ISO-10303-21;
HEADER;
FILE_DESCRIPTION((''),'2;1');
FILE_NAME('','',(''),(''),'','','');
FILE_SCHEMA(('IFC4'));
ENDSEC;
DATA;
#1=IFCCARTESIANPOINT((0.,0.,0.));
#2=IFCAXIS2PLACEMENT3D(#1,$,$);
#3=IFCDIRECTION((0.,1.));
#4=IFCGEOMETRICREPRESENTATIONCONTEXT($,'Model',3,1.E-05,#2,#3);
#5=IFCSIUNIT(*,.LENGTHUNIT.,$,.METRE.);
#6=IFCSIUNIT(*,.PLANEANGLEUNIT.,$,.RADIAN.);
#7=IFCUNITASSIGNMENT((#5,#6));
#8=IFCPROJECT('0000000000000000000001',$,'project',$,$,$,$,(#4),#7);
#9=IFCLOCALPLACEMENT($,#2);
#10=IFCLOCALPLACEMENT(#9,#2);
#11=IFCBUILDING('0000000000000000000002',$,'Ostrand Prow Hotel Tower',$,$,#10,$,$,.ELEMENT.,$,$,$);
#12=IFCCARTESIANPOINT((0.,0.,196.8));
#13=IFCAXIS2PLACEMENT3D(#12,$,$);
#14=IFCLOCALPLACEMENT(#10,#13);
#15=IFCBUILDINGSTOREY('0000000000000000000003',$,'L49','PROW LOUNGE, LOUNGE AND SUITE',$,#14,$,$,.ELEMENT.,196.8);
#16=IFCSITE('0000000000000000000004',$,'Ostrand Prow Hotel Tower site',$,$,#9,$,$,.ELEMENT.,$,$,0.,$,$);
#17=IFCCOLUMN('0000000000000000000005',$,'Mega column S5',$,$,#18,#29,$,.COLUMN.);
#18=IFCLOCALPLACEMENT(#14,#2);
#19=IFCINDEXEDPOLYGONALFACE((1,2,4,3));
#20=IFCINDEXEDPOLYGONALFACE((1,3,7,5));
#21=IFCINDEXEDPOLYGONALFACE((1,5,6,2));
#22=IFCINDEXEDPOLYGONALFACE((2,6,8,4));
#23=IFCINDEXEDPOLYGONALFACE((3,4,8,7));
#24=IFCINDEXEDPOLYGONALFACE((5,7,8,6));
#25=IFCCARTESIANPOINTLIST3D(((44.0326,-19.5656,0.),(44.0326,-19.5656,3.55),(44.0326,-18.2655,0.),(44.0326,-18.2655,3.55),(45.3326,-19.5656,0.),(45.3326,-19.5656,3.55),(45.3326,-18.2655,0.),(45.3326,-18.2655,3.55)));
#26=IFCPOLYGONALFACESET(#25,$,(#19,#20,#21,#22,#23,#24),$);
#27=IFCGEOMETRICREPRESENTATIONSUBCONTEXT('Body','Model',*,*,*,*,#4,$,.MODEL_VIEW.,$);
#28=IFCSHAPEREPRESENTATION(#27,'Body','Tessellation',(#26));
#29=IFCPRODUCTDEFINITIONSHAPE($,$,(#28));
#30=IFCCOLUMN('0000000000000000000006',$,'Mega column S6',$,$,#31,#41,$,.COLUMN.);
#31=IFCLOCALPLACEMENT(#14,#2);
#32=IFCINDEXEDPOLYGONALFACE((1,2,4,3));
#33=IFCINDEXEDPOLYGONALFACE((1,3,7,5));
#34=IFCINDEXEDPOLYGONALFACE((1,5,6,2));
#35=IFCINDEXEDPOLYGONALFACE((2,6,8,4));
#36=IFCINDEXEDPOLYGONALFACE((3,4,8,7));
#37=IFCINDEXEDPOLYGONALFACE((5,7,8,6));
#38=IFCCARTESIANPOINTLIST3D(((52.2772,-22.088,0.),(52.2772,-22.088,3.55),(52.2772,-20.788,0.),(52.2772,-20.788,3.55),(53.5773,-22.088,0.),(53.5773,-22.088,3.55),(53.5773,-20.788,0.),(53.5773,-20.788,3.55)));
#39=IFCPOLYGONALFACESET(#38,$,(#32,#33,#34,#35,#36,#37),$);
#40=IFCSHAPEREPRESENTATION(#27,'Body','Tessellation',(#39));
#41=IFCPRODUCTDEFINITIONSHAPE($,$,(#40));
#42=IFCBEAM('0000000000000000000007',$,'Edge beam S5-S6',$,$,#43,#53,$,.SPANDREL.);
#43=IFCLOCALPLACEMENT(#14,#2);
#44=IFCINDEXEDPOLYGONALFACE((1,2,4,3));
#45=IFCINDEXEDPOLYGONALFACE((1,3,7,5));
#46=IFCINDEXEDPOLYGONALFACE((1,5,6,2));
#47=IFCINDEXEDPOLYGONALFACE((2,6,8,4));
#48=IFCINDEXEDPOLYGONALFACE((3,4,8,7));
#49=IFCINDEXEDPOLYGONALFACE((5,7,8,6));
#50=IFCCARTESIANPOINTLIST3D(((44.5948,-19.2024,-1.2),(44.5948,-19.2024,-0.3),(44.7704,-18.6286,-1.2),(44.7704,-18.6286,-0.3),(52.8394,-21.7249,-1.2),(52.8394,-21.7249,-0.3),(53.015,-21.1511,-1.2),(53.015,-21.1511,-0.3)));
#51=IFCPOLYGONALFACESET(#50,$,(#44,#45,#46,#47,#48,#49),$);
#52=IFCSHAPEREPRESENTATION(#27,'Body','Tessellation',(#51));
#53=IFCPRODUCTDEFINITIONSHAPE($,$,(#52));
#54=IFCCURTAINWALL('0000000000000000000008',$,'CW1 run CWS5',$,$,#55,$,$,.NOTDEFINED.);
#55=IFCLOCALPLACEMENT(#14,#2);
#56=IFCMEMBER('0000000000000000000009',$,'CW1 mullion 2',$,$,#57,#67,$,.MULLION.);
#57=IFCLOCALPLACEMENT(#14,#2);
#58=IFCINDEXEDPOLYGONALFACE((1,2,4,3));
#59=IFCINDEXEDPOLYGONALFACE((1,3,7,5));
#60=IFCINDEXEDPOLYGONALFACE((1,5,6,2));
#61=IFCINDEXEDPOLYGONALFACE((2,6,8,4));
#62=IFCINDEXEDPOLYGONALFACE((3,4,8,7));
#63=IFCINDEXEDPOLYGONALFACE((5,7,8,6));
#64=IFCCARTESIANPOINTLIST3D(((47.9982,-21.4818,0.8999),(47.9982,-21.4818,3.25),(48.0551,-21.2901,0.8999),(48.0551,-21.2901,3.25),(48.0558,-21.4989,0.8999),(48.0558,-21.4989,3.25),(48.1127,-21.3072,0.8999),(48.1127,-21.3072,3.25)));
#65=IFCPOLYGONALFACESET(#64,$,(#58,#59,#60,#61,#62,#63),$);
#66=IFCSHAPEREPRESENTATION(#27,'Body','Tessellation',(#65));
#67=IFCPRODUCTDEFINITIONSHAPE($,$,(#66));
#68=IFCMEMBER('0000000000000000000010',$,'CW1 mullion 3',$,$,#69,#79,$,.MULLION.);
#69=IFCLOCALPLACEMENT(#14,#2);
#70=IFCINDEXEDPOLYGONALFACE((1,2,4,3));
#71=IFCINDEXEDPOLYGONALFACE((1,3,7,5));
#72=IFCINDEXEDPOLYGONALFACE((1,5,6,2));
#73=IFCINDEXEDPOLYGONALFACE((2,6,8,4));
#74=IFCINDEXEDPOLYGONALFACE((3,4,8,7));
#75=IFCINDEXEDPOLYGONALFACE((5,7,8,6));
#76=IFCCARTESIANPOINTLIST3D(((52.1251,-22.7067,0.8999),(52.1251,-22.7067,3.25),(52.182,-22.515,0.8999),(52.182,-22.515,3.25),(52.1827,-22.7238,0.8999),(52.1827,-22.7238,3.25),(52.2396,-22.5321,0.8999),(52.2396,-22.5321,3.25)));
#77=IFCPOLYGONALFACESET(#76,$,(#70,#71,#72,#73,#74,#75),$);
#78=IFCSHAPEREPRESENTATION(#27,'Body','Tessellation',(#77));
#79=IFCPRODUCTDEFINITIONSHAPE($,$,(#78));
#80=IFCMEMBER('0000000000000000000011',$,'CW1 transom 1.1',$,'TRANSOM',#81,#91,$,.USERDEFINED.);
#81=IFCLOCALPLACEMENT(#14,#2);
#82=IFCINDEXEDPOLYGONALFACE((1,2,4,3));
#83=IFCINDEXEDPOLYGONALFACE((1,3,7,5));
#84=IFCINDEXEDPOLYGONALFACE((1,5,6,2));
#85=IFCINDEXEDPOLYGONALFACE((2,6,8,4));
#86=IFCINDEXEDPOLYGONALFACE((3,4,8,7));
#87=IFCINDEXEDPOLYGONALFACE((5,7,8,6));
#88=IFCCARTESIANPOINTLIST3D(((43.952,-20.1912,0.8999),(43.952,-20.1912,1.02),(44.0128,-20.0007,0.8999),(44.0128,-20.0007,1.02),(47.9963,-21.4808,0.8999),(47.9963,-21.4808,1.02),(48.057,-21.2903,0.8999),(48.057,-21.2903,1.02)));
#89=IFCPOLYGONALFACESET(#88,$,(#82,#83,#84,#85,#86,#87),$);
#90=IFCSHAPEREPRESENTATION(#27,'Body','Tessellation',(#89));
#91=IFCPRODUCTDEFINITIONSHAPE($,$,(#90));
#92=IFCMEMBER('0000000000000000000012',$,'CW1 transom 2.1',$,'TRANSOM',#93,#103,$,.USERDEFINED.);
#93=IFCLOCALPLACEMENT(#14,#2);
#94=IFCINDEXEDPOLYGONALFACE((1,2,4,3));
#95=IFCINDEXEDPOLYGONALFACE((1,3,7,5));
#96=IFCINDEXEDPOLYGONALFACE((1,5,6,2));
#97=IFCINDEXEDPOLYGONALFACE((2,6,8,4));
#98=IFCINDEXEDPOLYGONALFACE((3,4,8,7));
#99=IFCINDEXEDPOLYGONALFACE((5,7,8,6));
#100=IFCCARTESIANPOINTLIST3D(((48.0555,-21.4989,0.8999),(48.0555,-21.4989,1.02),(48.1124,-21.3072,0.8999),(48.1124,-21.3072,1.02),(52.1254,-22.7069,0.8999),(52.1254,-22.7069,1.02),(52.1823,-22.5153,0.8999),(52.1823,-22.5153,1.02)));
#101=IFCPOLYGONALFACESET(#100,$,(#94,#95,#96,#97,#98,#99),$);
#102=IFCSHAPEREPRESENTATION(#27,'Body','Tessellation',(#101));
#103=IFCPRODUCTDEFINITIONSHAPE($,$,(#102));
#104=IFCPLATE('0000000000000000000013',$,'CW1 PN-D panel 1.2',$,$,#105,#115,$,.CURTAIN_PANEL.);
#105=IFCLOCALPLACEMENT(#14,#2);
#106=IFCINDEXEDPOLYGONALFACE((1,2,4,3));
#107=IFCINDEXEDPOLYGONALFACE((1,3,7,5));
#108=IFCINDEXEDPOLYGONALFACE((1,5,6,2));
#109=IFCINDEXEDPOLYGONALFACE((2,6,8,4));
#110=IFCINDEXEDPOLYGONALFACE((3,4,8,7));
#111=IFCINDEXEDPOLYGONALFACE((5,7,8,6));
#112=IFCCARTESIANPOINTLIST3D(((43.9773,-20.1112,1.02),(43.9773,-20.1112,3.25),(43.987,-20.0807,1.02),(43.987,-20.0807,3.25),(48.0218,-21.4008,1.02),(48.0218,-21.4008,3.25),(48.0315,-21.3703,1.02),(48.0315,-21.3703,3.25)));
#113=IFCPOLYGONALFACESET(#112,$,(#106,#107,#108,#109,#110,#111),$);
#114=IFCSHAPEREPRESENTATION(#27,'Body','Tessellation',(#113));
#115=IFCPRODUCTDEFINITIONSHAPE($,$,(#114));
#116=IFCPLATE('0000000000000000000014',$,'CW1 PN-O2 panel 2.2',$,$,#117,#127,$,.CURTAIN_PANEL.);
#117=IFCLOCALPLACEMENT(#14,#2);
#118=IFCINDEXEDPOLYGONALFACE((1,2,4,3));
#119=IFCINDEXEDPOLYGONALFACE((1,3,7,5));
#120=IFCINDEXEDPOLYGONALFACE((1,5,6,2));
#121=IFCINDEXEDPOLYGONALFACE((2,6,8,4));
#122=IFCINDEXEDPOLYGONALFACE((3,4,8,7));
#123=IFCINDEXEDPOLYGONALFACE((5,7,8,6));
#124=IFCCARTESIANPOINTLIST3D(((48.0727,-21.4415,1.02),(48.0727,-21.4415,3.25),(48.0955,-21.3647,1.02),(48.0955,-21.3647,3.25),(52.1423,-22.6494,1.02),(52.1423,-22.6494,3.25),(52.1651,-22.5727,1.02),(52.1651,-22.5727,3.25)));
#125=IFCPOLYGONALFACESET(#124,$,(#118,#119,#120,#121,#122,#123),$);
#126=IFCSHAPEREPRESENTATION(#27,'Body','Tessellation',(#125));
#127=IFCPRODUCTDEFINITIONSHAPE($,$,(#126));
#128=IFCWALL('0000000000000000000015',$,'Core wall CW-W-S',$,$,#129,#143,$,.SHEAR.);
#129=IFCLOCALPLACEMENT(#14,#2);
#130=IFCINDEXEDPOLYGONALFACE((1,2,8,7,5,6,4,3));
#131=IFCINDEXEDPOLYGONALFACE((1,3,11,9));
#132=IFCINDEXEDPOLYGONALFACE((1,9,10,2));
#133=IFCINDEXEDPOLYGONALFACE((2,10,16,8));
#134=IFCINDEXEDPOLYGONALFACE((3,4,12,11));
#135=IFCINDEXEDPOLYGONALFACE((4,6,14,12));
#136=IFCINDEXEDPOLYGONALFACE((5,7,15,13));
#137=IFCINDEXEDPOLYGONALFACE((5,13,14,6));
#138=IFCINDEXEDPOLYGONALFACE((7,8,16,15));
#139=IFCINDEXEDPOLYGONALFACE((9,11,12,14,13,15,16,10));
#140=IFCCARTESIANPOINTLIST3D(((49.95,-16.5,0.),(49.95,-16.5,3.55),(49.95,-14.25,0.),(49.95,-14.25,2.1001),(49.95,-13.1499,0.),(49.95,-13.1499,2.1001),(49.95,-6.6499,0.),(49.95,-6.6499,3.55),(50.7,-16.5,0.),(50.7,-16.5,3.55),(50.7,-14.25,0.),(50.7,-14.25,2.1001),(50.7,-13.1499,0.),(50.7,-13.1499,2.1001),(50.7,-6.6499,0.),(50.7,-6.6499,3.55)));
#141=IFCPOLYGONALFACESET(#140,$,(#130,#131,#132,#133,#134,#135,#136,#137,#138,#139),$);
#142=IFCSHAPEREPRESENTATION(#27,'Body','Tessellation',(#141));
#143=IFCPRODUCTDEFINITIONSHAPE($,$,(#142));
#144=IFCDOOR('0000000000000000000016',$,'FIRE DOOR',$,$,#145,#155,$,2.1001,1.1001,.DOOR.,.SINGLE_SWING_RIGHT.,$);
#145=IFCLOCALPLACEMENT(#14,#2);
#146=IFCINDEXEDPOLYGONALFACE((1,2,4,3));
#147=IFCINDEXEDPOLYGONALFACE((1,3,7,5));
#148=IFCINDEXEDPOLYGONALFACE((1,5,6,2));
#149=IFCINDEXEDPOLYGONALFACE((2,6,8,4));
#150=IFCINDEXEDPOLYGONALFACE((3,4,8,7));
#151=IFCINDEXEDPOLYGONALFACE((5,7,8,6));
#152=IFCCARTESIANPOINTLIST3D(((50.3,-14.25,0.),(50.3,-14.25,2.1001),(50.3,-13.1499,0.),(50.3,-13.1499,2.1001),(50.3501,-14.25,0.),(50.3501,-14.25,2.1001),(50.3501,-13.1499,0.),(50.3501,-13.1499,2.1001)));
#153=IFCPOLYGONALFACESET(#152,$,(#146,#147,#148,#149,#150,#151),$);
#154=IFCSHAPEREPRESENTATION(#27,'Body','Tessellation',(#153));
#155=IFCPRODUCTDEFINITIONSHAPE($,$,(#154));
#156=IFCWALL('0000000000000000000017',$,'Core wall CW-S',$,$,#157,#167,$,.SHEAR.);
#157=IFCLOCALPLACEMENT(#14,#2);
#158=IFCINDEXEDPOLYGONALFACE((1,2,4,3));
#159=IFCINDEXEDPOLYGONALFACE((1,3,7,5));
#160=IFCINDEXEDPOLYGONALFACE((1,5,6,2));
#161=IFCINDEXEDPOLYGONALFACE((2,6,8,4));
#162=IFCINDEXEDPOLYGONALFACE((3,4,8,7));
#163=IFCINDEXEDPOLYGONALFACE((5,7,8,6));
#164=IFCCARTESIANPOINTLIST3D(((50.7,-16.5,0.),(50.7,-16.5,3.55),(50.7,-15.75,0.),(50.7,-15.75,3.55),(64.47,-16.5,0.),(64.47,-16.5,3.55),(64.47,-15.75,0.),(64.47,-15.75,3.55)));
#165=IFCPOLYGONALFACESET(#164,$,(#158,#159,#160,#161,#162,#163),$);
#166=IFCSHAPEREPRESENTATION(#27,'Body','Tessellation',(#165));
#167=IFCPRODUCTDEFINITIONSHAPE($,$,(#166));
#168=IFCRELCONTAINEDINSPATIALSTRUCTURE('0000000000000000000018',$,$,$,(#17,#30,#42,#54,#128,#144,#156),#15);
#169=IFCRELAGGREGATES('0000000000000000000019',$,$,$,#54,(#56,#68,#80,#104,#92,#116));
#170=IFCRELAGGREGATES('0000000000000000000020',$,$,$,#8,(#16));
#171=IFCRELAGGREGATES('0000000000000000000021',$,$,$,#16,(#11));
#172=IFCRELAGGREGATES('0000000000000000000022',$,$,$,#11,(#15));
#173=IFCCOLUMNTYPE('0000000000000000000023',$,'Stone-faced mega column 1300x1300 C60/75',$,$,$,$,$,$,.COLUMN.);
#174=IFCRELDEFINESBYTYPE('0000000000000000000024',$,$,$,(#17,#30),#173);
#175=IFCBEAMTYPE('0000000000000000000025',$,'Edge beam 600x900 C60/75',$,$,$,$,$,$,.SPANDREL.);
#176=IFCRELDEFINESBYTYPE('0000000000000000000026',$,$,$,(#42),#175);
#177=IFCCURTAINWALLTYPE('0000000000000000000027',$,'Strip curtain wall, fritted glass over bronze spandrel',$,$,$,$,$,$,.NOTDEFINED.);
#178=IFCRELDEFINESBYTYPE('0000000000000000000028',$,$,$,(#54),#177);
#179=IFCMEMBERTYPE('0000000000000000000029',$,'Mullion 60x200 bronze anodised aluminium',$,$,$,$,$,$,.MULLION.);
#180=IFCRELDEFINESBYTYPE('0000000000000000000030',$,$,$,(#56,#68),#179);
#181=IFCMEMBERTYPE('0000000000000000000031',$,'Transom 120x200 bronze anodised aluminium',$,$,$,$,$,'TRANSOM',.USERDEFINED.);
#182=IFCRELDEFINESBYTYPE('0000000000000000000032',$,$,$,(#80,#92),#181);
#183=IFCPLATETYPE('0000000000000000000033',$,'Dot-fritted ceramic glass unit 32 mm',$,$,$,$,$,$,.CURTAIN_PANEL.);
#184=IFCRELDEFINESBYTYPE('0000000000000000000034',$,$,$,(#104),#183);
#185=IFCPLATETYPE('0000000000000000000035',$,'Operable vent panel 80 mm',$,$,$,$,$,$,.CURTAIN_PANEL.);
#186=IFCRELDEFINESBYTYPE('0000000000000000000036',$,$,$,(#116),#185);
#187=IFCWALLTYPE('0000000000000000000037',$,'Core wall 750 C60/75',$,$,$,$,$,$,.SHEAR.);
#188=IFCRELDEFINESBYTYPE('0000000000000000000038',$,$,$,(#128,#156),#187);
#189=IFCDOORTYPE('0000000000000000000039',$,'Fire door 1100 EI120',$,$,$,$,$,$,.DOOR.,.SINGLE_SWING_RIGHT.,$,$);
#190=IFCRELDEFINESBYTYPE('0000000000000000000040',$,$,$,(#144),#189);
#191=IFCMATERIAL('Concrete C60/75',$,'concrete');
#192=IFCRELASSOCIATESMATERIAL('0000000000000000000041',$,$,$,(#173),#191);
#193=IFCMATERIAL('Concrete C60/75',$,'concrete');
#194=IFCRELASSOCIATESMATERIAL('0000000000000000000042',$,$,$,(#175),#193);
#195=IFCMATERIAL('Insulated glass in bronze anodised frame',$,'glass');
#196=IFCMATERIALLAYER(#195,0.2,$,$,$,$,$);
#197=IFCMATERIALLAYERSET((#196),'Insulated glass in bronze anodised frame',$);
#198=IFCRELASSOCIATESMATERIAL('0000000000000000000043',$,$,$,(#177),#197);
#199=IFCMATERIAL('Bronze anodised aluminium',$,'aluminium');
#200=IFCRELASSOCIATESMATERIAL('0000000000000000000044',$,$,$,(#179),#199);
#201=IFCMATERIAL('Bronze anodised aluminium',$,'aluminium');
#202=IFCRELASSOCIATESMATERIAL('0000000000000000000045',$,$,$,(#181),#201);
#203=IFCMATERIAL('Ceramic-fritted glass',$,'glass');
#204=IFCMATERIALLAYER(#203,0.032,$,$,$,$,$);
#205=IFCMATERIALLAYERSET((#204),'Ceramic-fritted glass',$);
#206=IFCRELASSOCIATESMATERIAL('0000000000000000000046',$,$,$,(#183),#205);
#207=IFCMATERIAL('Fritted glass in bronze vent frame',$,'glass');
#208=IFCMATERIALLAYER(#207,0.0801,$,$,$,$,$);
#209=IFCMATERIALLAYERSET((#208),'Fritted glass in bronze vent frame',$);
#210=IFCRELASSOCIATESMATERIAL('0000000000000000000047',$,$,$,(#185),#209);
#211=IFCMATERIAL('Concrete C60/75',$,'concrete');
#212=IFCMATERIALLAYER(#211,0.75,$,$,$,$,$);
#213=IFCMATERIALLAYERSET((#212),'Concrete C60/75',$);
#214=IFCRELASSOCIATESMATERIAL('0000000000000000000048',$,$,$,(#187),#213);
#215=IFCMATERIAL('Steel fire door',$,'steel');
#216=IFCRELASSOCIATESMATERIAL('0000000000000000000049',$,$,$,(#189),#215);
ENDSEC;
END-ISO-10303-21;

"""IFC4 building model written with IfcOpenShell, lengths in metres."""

from ifc_helpers import new_model, si_unit, direction, frame, frame_2d, origin, origin_2d, place, context, subcontext, project, spatial, rectangle, extrude, material, layer, layer_set, material_profile, profile_set, type_object, element, fill, aggregate, save


model = new_model("IFC4")

# Units and contexts
model_context = context("Model", 3, precision=1e-05, world=origin(), true_north=direction((0.0, 1.0)))
body_context = subcontext(model_context, "Body", "Model", "MODEL_VIEW")
ifc_project = project(units=[si_unit("LENGTHUNIT", "METRE"), si_unit("PLANEANGLEUNIT", "RADIAN")], contexts=[model_context])

# Site, building, storey
site_placement = place(None, origin())
site = spatial("IfcSite", under=ifc_project, at=site_placement, Name="Ostrand Prow Hotel Tower site", CompositionType="ELEMENT", RefElevation=0.0)
building_placement = place(site_placement, origin())
building = spatial("IfcBuilding", under=site, at=building_placement, Name="Ostrand Prow Hotel Tower", CompositionType="ELEMENT")
storey_placement = place(building_placement, frame((0.0, 0.0, 196.8)))
storey = spatial("IfcBuildingStorey", under=building, at=storey_placement, Name="L49", Description="PROW LOUNGE, LOUNGE AND SUITE", CompositionType="ELEMENT", Elevation=196.8)

# Columns
ifc_material_1 = material(Name="Concrete C60/75", Category="concrete")
ifc_material_profile_1 = material_profile(ifc_material_1, rectangle(XDim=1.3, YDim=1.3, at=origin_2d()), Name="RC 1300x1300")
ifc_profile_set_1 = profile_set([ifc_material_profile_1], Name="Concrete C60/75")
column_type = type_object("IfcColumnType", Name="Stone-faced mega column 1300x1300 C60/75", PredefinedType="COLUMN", material=ifc_profile_set_1)
for number, where, z_axis, x_axis, name in (
    (1, (44.6826, -18.9155, 0.0), (0.0, 0.0, 1.0), (1.0, 0.0, 0.0), "Mega column S5"),
    (2, (52.9272, -21.438, 0.0), (0.0, 0.0, 1.0), (1.0, 0.0, 0.0), "Mega column S6"),
):
    element("IfcColumn", number, at=place(storey_placement, frame(where, z_axis=z_axis, x_axis=x_axis)), inside=storey, type_object=column_type, Name=name, PredefinedType="COLUMN", context=body_context, shape_type="SweptSolid", body=[
        extrude(rectangle(XDim=1.3, YDim=1.3, at=origin_2d()), origin(), (0.0, 0.0, 1.0), 3.55),
    ])

# Beam
ifc_material_2 = material(Name="Concrete C60/75", Category="concrete")
ifc_material_profile_2 = material_profile(ifc_material_2, rectangle(XDim=0.6001, YDim=0.8999, at=origin_2d()), Name="RC 600x900")
ifc_profile_set_2 = profile_set([ifc_material_profile_2], Name="Concrete C60/75")
beam_type = type_object("IfcBeamType", Name="Edge beam 600x900 C60/75", PredefinedType="SPANDREL", material=ifc_profile_set_2)
beam_placement = place(storey_placement, frame((44.6826, -18.9155, -0.75), z_axis=(0.956246, -0.292565, 0.0), x_axis=(0.292565, 0.956246, 0.0)))
element("IfcBeam", 3, at=beam_placement, inside=storey, type_object=beam_type, Name="Edge beam S5-S6", PredefinedType="SPANDREL", context=body_context, shape_type="SweptSolid", body=[
    extrude(rectangle(XDim=0.6001, YDim=0.8999, at=origin_2d()), origin(), (0.0, 0.0, 1.0), 8.6218),
])

# Curtain wall, members, plates
ifc_material_3 = material(Name="Insulated glass in bronze anodised frame", Category="glass")
ifc_layer_1 = layer(ifc_material_3, 0.2)
ifc_layer_set_1 = layer_set([ifc_layer_1], Name="Insulated glass in bronze anodised frame")
curtain_wall_type = type_object("IfcCurtainWallType", Name="Strip curtain wall, fritted glass over bronze spandrel", PredefinedType="NOTDEFINED", material=ifc_layer_set_1)
curtain_wall_placement = place(storey_placement, origin())
curtain_wall = element("IfcCurtainWall", 4, at=curtain_wall_placement, inside=storey, type_object=curtain_wall_type, Name="CW1 run CWS5", PredefinedType="NOTDEFINED")
ifc_material_4 = material(Name="Bronze anodised aluminium", Category="aluminium")
ifc_material_profile_3 = material_profile(ifc_material_4, rectangle(XDim=0.2, YDim=0.0601, at=origin_2d()), Name="Mullion 60x200 bronze anodised aluminium")
ifc_profile_set_3 = profile_set([ifc_material_profile_3], Name="Bronze anodised aluminium")
member_type_1 = type_object("IfcMemberType", Name="Mullion 60x200 bronze anodised aluminium", PredefinedType="MULLION", material=ifc_profile_set_3)
member_1_placement = place(storey_placement, frame((48.0554, -21.3945, 0.8999), z_axis=(0.0, 0.0, 1.0), x_axis=(0.284544, 0.958663, 0.0)))
member_1 = element("IfcMember", 5, at=member_1_placement, type_object=member_type_1, Name="CW1 mullion 2", PredefinedType="MULLION", context=body_context, shape_type="SweptSolid", body=[
    extrude(rectangle(XDim=0.2, YDim=0.0601, at=origin_2d()), origin(), (0.0, 0.0, 1.0), 2.3501),
])
member_2_placement = place(storey_placement, frame((52.1824, -22.6194, 0.8999), z_axis=(0.0, 0.0, 1.0), x_axis=(0.284544, 0.958663, 0.0)))
member_2 = element("IfcMember", 6, at=member_2_placement, type_object=member_type_1, Name="CW1 mullion 3", PredefinedType="MULLION", context=body_context, shape_type="SweptSolid", body=[
    extrude(rectangle(XDim=0.2, YDim=0.0601, at=origin_2d()), origin(), (0.0, 0.0, 1.0), 2.3501),
])
ifc_material_5 = material(Name="Bronze anodised aluminium", Category="aluminium")
ifc_material_profile_4 = material_profile(ifc_material_5, rectangle(XDim=0.2, YDim=0.1201, at=origin_2d()), Name="Transom 120x200 bronze anodised aluminium")
ifc_profile_set_4 = profile_set([ifc_material_profile_4], Name="Bronze anodised aluminium")
member_type_2 = type_object("IfcMemberType", Name="Transom 120x200 bronze anodised aluminium", ElementType="TRANSOM", PredefinedType="USERDEFINED", material=ifc_profile_set_4)
member_3_placement = place(storey_placement, frame((43.9824, -20.0959, 0.96), z_axis=(0.952738, -0.303795, 0.0), x_axis=(0.303795, 0.952738, 0.0)))
member_3 = element("IfcMember", 7, at=member_3_placement, type_object=member_type_2, Name="CW1 transom 1.1", ObjectType="TRANSOM", PredefinedType="USERDEFINED", context=body_context, shape_type="SweptSolid", body=[
    extrude(rectangle(XDim=0.2, YDim=0.1201, at=origin_2d()), origin(), (0.0, 0.0, 1.0), 4.2449),
])
member_4_placement = place(storey_placement, frame((48.084, -21.4031, 0.96), z_axis=(0.958661, -0.28455, 0.0), x_axis=(0.28455, 0.958661, 0.0)))
member_4 = element("IfcMember", 8, at=member_4_placement, type_object=member_type_2, Name="CW1 transom 2.1", ObjectType="TRANSOM", PredefinedType="USERDEFINED", context=body_context, shape_type="SweptSolid", body=[
    extrude(rectangle(XDim=0.2, YDim=0.1201, at=origin_2d()), origin(), (0.0, 0.0, 1.0), 4.2454),
])
ifc_material_6 = material(Name="Ceramic-fritted glass", Category="glass")
ifc_layer_2 = layer(ifc_material_6, 0.032)
ifc_layer_set_2 = layer_set([ifc_layer_2], Name="Ceramic-fritted glass")
plate_type_1 = type_object("IfcPlateType", Name="Dot-fritted ceramic glass unit 32 mm", PredefinedType="CURTAIN_PANEL", material=ifc_layer_set_2)
plate_1_placement = place(storey_placement, frame((46.0044, -20.7407, 1.02), z_axis=(0.0, 0.0, 1.0), x_axis=(0.95274, -0.303787, 0.0)))
plate_1 = element("IfcPlate", 9, at=plate_1_placement, type_object=plate_type_1, Name="CW1 PN-D panel 1.2", PredefinedType="CURTAIN_PANEL", context=body_context, shape_type="SweptSolid", body=[
    extrude(rectangle(XDim=4.2451, YDim=0.032, at=origin_2d()), origin(), (0.0, 0.0, 1.0), 2.23),
])
ifc_material_7 = material(Name="Fritted glass in bronze vent frame", Category="glass")
ifc_layer_3 = layer(ifc_material_7, 0.0801)
ifc_layer_set_3 = layer_set([ifc_layer_3], Name="Fritted glass in bronze vent frame")
plate_type_2 = type_object("IfcPlateType", Name="Operable vent panel 80 mm", PredefinedType="CURTAIN_PANEL", material=ifc_layer_set_3)
plate_2_placement = place(storey_placement, frame((50.1189, -22.0071, 1.02), z_axis=(0.0, 0.0, 1.0), x_axis=(0.958663, -0.284544, 0.0)))
plate_2 = element("IfcPlate", 10, at=plate_2_placement, type_object=plate_type_2, Name="CW1 PN-O2 panel 2.2", PredefinedType="CURTAIN_PANEL", context=body_context, shape_type="SweptSolid", body=[
    extrude(rectangle(XDim=4.2451, YDim=0.0801, at=origin_2d()), origin(), (0.0, 0.0, 1.0), 2.23),
])
aggregate(curtain_wall, [member_1, member_2, member_3, plate_1, member_4, plate_2])

# Wall, opening, door
ifc_material_8 = material(Name="Concrete C60/75", Category="concrete")
ifc_layer_4 = layer(ifc_material_8, 0.75)
ifc_layer_set_4 = layer_set([ifc_layer_4], Name="Concrete C60/75")
wall_type_1 = type_object("IfcWallType", Name="Core wall 750 C60/75", PredefinedType="SHEAR", material=ifc_layer_set_4)
wall_1_placement = place(storey_placement, frame((50.325, -16.5, 0.0), z_axis=(0.0, 0.0, 1.0), x_axis=(0.0, 1.0, 0.0)))
wall_1 = element("IfcWall", 11, at=wall_1_placement, inside=storey, type_object=wall_type_1, Name="Core wall CW-W-S", PredefinedType="SHEAR", context=body_context, shape_type="SweptSolid", body=[
    extrude(rectangle(XDim=9.8501, YDim=0.75, at=frame_2d((4.925, 0.0))), origin(), (0.0, 0.0, 1.0), 3.55),
])
opening_1_placement = place(wall_1_placement, frame((2.25, 0.0, 0.0)))
opening_1 = element("IfcOpeningElement", 12, at=opening_1_placement, cuts=wall_1, PredefinedType="OPENING", context=body_context, shape_type="SweptSolid", body=[
    extrude(rectangle(XDim=1.1001, YDim=2.1001, at=frame_2d((0.55, 1.05))), frame((0.0, 0.385, 0.0), z_axis=(0.0, -1.0, 0.0), x_axis=(1.0, 0.0, 0.0)), (0.0, 0.0, 1.0), 0.77),
])
ifc_material_9 = material(Name="Steel fire door", Category="steel")
door_type_1 = type_object("IfcDoorType", Name="Fire door 1100 EI120", OperationType="SINGLE_SWING_RIGHT", PredefinedType="DOOR", material=ifc_material_9)
door_1_placement = place(opening_1_placement, origin())
door_1 = element("IfcDoor", 13, at=door_1_placement, inside=storey, type_object=door_type_1, Name="FIRE DOOR", OperationType="SINGLE_SWING_RIGHT", OverallHeight=2.1001, OverallWidth=1.1001, PredefinedType="DOOR", context=body_context, shape_type="SweptSolid", body=[
    extrude(rectangle(XDim=1.1001, YDim=2.1001, at=frame_2d((0.55, 1.05))), frame((0.0, 0.0249, 0.0), z_axis=(0.0, -1.0, 0.0), x_axis=(1.0, 0.0, 0.0)), (0.0, 0.0, 1.0), 0.05),
])
fill(opening_1, door_1)

# Wall
wall_2_placement = place(storey_placement, frame((50.7, -16.125, 0.0), z_axis=(0.0, 0.0, 1.0), x_axis=(1.0, 0.0, 0.0)))
element("IfcWall", 14, at=wall_2_placement, inside=storey, type_object=wall_type_1, Name="Core wall CW-S", PredefinedType="SHEAR", context=body_context, shape_type="SweptSolid", body=[
    extrude(rectangle(XDim=13.77, YDim=0.75, at=frame_2d((6.885, 0.0))), origin(), (0.0, 0.0, 1.0), 3.55),
])

save(model, "model.ifc")
